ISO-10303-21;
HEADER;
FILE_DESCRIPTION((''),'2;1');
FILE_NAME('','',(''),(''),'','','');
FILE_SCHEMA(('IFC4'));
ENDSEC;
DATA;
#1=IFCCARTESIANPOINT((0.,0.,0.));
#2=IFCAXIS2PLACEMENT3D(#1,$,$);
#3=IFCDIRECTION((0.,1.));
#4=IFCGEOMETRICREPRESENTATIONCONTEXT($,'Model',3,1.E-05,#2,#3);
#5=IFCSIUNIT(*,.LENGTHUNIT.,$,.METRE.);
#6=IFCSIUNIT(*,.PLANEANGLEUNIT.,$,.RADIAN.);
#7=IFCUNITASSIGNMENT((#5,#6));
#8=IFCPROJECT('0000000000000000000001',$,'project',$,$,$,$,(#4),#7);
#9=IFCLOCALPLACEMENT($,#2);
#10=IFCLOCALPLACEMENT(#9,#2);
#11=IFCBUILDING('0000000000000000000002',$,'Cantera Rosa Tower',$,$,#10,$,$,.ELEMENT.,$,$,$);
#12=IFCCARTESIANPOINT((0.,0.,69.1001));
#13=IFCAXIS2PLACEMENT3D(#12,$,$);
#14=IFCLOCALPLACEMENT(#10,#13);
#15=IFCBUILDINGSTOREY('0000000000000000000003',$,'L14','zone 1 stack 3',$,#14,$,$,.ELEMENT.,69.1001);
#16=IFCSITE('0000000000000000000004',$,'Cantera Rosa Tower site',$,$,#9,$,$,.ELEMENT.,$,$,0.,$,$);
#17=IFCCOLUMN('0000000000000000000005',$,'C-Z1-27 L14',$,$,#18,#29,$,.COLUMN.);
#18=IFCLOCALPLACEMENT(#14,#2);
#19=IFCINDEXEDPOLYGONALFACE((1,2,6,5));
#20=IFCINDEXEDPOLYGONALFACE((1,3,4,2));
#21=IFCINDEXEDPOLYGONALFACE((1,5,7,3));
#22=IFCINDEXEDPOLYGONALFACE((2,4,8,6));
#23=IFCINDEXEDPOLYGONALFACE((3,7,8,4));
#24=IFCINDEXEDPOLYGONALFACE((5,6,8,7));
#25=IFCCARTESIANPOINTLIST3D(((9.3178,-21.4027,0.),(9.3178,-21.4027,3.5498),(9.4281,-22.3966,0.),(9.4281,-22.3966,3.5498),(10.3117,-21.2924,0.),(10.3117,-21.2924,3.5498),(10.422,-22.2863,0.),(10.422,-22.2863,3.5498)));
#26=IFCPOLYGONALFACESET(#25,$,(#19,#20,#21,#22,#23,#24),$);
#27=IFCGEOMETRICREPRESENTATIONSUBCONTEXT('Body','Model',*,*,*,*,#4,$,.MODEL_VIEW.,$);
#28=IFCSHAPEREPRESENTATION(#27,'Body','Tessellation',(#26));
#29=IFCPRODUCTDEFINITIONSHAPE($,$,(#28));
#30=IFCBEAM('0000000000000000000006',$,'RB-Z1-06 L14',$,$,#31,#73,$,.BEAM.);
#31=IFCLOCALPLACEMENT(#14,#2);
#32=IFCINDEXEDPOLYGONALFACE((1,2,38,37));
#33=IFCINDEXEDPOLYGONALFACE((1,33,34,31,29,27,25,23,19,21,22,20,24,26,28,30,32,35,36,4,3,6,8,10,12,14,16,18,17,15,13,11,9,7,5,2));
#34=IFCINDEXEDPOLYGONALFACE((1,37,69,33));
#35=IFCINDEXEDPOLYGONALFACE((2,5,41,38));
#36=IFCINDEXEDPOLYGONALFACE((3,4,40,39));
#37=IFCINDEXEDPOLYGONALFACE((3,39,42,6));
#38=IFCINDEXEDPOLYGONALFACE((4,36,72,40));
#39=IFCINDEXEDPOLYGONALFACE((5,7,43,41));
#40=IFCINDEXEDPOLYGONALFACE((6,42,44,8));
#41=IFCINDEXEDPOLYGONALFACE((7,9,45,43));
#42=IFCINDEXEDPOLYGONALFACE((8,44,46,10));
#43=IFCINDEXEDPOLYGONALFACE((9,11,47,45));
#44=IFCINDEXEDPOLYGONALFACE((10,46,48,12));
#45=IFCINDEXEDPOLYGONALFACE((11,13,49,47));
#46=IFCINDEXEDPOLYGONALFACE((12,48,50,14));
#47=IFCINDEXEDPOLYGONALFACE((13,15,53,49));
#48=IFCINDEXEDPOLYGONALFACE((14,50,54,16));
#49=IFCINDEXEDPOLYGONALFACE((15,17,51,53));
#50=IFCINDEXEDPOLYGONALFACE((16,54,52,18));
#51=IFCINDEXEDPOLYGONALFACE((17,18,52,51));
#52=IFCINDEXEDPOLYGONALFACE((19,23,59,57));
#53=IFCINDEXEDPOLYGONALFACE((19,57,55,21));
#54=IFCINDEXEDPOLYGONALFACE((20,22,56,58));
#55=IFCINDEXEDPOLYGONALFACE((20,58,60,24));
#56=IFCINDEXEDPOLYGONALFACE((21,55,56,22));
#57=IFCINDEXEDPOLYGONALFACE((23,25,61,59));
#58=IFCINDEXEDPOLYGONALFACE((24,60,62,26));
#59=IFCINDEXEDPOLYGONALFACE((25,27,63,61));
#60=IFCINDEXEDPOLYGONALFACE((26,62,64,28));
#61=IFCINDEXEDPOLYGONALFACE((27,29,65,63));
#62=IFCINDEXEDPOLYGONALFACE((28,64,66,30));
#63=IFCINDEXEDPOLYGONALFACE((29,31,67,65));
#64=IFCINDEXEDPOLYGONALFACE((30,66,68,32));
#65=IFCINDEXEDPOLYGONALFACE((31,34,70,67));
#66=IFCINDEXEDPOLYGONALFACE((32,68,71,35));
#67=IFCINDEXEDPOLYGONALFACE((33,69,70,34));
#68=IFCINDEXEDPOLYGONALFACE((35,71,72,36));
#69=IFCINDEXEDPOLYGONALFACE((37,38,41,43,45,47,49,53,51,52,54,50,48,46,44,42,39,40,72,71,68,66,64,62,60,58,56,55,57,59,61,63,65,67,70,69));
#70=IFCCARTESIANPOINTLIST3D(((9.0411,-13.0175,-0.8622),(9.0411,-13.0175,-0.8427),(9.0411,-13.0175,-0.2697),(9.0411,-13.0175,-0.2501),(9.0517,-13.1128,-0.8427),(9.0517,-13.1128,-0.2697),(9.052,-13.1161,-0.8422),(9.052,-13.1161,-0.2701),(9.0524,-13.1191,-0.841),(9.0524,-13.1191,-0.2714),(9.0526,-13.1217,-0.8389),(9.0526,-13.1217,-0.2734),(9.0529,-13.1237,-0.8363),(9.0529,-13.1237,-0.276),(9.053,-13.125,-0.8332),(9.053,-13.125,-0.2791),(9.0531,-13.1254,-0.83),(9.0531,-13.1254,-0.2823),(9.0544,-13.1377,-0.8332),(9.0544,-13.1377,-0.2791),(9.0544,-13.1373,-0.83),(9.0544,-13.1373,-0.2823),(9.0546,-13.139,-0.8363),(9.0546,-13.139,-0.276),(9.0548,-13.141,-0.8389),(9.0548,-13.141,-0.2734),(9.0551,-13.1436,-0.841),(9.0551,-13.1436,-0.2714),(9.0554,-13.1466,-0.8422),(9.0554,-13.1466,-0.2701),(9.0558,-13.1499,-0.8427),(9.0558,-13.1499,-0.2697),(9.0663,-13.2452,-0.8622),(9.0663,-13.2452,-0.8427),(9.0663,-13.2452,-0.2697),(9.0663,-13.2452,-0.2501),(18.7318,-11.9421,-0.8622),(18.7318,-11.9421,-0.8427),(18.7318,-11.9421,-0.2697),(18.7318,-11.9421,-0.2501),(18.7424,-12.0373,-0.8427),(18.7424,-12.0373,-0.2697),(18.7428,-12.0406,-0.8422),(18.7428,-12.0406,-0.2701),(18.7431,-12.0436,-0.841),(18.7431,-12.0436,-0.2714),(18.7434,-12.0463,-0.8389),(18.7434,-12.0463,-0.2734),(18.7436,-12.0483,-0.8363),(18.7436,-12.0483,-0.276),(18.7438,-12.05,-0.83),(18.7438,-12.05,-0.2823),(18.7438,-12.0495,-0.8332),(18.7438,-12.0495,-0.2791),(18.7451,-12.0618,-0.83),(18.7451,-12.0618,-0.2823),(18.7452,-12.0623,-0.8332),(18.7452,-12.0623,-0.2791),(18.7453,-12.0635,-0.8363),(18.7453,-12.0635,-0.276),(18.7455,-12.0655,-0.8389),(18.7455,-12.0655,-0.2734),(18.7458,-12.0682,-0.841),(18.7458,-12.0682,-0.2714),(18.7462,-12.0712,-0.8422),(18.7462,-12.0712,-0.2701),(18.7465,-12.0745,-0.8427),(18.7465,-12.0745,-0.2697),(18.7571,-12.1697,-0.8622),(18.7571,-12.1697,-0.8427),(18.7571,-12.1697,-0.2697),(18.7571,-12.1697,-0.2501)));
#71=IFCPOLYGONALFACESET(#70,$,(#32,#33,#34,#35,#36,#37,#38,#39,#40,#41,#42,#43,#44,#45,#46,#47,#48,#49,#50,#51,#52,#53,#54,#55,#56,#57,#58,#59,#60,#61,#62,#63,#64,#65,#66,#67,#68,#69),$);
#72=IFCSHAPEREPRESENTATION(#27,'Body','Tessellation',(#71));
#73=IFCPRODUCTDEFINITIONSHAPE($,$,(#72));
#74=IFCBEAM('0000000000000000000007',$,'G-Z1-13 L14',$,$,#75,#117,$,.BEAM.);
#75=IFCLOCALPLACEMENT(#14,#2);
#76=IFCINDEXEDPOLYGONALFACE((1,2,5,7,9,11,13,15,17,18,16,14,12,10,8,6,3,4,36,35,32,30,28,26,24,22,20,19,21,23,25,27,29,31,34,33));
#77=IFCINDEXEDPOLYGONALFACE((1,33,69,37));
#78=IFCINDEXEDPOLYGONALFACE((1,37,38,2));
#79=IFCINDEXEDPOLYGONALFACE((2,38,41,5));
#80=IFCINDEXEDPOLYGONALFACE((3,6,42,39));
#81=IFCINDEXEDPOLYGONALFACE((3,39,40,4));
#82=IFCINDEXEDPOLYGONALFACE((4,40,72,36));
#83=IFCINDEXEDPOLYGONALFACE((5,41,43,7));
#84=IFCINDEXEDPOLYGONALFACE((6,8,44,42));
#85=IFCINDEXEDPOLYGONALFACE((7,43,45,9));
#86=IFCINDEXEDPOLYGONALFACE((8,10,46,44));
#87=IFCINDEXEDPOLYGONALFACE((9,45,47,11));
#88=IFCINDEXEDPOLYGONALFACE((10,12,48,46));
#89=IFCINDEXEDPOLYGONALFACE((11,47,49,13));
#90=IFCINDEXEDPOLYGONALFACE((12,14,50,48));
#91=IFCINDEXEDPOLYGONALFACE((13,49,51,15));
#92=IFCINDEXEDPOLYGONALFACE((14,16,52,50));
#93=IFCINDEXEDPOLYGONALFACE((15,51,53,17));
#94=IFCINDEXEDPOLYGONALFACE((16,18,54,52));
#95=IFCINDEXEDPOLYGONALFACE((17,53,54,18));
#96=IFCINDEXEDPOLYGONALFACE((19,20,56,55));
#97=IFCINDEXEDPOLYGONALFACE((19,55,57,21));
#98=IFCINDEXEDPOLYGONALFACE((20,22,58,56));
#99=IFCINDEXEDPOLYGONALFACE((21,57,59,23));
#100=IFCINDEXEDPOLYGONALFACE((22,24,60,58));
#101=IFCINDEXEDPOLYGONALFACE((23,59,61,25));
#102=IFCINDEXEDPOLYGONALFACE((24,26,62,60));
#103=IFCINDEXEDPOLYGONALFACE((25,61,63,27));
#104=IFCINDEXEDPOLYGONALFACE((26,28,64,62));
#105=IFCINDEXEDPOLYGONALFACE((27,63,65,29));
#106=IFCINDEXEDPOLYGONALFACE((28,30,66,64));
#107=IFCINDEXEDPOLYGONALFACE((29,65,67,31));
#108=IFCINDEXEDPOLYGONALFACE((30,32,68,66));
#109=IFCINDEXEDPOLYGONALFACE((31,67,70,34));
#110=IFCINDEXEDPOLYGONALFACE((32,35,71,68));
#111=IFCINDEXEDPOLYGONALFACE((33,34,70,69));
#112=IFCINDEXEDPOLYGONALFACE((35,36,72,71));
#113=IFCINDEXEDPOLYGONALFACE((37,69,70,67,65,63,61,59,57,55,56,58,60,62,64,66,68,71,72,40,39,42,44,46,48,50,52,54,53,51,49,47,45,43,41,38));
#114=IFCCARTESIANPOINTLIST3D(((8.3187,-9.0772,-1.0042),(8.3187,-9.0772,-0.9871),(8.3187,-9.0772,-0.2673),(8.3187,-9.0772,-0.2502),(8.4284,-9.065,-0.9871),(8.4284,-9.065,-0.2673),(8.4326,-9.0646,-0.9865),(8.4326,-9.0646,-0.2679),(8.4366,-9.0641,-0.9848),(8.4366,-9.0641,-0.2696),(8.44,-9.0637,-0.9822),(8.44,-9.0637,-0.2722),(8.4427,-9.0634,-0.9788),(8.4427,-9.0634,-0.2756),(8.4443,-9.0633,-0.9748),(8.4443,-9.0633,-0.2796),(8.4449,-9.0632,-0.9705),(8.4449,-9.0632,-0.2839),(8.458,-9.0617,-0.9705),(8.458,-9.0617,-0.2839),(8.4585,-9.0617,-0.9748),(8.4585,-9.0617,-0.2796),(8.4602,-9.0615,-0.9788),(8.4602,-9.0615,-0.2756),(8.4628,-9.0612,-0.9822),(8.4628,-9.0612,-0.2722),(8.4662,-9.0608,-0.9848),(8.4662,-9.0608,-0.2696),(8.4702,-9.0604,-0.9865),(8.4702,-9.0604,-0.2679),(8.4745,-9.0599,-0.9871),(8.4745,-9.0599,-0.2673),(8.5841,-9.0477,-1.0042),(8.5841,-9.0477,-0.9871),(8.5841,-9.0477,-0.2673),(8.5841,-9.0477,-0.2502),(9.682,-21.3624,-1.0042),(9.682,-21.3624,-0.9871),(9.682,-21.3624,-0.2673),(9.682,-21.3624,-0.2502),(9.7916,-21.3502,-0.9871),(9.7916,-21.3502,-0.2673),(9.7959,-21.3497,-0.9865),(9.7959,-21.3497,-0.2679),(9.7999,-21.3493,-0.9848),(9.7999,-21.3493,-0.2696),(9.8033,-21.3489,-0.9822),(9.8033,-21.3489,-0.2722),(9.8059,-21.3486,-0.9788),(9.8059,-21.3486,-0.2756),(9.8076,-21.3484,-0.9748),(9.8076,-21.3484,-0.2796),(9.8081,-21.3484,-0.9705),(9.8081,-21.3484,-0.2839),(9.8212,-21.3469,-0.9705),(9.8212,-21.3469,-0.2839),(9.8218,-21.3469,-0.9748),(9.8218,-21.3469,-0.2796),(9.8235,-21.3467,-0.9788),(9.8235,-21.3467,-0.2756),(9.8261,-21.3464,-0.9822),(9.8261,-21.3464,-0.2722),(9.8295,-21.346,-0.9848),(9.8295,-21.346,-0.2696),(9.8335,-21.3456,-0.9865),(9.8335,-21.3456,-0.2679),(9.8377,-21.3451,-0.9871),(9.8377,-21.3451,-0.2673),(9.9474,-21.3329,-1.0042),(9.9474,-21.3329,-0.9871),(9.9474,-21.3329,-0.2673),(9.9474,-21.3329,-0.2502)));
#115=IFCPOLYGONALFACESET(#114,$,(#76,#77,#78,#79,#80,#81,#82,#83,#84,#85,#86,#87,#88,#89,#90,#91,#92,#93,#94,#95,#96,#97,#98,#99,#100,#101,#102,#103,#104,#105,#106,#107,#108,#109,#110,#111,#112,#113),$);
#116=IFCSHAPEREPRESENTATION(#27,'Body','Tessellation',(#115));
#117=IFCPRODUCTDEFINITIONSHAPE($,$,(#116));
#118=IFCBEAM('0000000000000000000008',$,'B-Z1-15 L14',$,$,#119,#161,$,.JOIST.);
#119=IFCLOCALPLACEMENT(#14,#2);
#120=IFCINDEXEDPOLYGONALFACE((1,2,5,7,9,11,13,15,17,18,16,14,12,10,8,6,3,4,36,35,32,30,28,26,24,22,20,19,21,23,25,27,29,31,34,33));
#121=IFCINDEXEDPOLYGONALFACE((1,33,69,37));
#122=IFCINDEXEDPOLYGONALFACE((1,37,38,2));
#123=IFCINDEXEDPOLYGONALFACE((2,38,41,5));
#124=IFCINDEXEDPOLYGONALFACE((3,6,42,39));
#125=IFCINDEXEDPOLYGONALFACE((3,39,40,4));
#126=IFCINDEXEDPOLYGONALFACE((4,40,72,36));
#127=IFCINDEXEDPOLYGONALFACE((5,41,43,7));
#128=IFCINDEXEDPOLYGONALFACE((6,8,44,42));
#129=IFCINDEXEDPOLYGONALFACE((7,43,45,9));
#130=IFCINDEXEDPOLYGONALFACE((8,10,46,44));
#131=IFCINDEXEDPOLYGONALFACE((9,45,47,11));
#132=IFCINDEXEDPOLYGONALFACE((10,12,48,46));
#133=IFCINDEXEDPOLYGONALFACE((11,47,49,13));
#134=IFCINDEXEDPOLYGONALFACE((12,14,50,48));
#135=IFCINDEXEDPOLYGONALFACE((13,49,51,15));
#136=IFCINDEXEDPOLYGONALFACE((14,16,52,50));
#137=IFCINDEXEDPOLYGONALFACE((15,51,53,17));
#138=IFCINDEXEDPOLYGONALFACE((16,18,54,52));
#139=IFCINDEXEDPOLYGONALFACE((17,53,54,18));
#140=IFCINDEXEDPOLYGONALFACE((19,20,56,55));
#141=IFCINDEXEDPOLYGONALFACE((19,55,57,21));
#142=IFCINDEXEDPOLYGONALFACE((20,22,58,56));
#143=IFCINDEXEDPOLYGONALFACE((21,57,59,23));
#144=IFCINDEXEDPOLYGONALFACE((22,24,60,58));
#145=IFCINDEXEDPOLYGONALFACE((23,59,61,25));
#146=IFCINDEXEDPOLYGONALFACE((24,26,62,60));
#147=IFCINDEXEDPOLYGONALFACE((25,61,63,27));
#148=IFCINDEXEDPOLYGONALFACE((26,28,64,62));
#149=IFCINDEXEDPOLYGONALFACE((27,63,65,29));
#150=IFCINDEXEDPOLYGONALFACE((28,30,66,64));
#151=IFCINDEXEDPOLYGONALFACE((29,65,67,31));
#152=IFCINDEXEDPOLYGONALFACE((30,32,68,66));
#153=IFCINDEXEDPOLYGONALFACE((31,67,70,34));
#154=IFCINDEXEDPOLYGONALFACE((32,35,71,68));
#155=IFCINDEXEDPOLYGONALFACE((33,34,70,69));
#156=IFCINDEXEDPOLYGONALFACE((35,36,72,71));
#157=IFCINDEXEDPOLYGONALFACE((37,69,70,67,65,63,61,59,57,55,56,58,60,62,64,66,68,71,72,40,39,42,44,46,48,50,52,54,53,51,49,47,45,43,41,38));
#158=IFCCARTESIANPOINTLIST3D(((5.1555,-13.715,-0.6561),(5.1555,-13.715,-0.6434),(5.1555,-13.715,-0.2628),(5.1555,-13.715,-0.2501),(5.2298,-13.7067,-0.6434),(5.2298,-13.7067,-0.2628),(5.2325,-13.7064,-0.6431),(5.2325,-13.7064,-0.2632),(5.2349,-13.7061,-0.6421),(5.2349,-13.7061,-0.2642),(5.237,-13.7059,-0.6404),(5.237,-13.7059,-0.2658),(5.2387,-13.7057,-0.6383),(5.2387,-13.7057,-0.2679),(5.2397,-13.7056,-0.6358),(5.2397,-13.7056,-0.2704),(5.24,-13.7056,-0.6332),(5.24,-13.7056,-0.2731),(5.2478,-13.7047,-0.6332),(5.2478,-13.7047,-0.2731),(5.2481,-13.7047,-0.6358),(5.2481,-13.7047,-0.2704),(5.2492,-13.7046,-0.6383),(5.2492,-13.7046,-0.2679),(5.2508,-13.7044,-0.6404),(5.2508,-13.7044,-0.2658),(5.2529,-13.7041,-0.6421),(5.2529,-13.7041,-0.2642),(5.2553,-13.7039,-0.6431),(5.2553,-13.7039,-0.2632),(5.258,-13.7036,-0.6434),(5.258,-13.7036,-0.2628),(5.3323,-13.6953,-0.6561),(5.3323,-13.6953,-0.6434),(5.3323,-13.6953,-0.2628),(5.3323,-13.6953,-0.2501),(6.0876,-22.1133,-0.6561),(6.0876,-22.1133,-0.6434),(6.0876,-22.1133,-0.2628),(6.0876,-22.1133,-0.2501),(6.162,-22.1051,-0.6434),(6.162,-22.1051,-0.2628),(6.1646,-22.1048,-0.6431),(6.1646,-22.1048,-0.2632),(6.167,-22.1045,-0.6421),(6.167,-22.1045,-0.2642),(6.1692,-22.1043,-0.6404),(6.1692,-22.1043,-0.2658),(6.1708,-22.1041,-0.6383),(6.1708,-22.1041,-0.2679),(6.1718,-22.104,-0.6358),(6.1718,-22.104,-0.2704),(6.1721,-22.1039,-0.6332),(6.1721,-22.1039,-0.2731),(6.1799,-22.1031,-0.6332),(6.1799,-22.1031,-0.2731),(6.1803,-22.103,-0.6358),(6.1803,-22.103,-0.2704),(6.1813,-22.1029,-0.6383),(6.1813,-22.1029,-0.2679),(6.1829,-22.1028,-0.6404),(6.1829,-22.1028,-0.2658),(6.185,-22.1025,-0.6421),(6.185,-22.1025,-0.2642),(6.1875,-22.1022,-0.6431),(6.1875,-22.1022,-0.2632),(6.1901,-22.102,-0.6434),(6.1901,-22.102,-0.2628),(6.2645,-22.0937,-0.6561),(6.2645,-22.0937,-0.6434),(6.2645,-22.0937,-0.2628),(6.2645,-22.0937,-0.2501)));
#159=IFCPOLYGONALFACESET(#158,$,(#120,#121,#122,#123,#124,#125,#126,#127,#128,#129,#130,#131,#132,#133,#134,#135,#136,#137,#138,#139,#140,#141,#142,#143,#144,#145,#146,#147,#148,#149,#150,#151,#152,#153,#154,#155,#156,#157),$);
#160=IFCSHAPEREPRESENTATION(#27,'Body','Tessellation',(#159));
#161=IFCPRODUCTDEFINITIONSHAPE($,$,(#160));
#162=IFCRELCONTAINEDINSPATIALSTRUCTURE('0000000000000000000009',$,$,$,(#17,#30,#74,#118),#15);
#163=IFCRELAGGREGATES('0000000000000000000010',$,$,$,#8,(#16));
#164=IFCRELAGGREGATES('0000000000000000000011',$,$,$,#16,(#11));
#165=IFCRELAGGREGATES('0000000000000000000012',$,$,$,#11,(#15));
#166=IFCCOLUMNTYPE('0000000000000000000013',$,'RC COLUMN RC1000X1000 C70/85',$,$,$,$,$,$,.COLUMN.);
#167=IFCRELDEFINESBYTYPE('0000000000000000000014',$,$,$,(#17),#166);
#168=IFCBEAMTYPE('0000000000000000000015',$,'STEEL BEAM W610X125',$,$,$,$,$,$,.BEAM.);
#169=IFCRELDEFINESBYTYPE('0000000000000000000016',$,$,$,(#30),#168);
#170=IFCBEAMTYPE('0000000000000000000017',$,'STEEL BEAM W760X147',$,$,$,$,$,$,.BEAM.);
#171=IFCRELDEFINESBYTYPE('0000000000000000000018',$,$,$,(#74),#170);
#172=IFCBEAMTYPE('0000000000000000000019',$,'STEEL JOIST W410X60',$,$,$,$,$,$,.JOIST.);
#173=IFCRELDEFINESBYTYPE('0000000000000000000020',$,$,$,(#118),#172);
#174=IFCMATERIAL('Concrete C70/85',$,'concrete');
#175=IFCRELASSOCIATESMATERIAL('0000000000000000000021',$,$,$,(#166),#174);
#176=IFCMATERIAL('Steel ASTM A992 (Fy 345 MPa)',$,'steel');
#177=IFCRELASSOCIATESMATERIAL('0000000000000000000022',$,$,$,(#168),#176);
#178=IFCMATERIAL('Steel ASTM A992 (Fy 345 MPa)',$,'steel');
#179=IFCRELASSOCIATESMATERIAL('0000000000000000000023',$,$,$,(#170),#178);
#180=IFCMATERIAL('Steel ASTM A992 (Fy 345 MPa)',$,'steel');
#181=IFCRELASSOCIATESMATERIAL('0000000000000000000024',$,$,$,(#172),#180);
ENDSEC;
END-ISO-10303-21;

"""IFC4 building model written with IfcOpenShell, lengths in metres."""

from ifc_helpers import new_model, si_unit, direction, frame, origin, origin_2d, place, context, subcontext, project, spatial, rectangle, i_section, extrude, material, material_profile, profile_set, type_object, element, save


model = new_model("IFC4")

# Units and contexts
model_context = context("Model", 3, precision=1e-05, world=origin(), true_north=direction((0.0, 1.0)))
body_context = subcontext(model_context, "Body", "Model", "MODEL_VIEW")
ifc_project = project(units=[si_unit("LENGTHUNIT", "METRE"), si_unit("PLANEANGLEUNIT", "RADIAN")], contexts=[model_context])

# Site, building, storey
site_placement = place(None, origin())
site = spatial("IfcSite", under=ifc_project, at=site_placement, Name="Cantera Rosa Tower site", CompositionType="ELEMENT", RefElevation=0.0)
building_placement = place(site_placement, origin())
building = spatial("IfcBuilding", under=site, at=building_placement, Name="Cantera Rosa Tower", CompositionType="ELEMENT")
storey_placement = place(building_placement, frame((0.0, 0.0, 69.1001)))
storey = spatial("IfcBuildingStorey", under=building, at=storey_placement, Name="L14", Description="zone 1 stack 3", CompositionType="ELEMENT", Elevation=69.1001)

# Column
ifc_material_1 = material(Name="Concrete C70/85", Category="concrete")
ifc_material_profile_1 = material_profile(ifc_material_1, rectangle(XDim=1.0, YDim=1.0, at=origin_2d()), Name="RC COLUMN RC1000X1000 C70/85")
ifc_profile_set_1 = profile_set([ifc_material_profile_1], Name="Concrete C70/85")
column_type = type_object("IfcColumnType", Name="RC COLUMN RC1000X1000 C70/85", PredefinedType="COLUMN", material=ifc_profile_set_1)
column_placement = place(storey_placement, frame((9.8699, -21.8445, 0.0), z_axis=(0.0, 0.0, 1.0), x_axis=(0.993897, 0.110313, 0.0)))
element("IfcColumn", 1, at=column_placement, inside=storey, type_object=column_type, Name="C-Z1-27 L14", PredefinedType="COLUMN", context=body_context, shape_type="SweptSolid", body=[
    extrude(rectangle(XDim=1.0, YDim=1.0, at=origin_2d()), origin(), (0.0, 0.0, 1.0), 3.5498),
])

# Beams
ifc_material_2 = material(Name="Steel ASTM A992 (Fy 345 MPa)", Category="steel")
ifc_material_profile_2 = material_profile(ifc_material_2, i_section(OverallWidth=0.229, OverallDepth=0.6121, WebThickness=0.012, FlangeThickness=0.0195, FilletRadius=0.0127, at=origin_2d()), Name="W610X125")
ifc_profile_set_2 = profile_set([ifc_material_profile_2], Name="Steel ASTM A992 (Fy 345 MPa)")
beam_type_1 = type_object("IfcBeamType", Name="STEEL BEAM W610X125", PredefinedType="BEAM", material=ifc_profile_set_2)
beam_1_placement = place(storey_placement, frame((9.0537, -13.1313, -0.5562), z_axis=(0.993898, 0.1103, 0.0), x_axis=(-0.1103, 0.993898, 0.0)))
element("IfcBeam", 2, at=beam_1_placement, inside=storey, type_object=beam_type_1, Name="RB-Z1-06 L14", PredefinedType="BEAM", context=body_context, shape_type="SweptSolid", body=[
    extrude(i_section(OverallWidth=0.229, OverallDepth=0.6121, WebThickness=0.012, FlangeThickness=0.0195, FilletRadius=0.0127, at=origin_2d()), origin(), (0.0, 0.0, 1.0), 9.7502),
])
ifc_material_3 = material(Name="Steel ASTM A992 (Fy 345 MPa)", Category="steel")
ifc_material_profile_3 = material_profile(ifc_material_3, i_section(OverallWidth=0.2671, OverallDepth=0.7539, WebThickness=0.0132, FlangeThickness=0.0171, FilletRadius=0.0166, at=origin_2d()), Name="W760X147")
ifc_profile_set_3 = profile_set([ifc_material_profile_3], Name="Steel ASTM A992 (Fy 345 MPa)")
beam_type_2 = type_object("IfcBeamType", Name="STEEL BEAM W760X147", PredefinedType="BEAM", material=ifc_profile_set_3)
beam_2_placement = place(storey_placement, frame((9.8147, -21.3477, -0.6272), z_axis=(-0.110293, 0.993899, 0.0), x_axis=(-0.993899, -0.110293, 0.0)))
element("IfcBeam", 3, at=beam_2_placement, inside=storey, type_object=beam_type_2, Name="G-Z1-13 L14", PredefinedType="BEAM", context=body_context, shape_type="SweptSolid", body=[
    extrude(i_section(OverallWidth=0.2671, OverallDepth=0.7539, WebThickness=0.0132, FlangeThickness=0.0171, FilletRadius=0.0166, at=origin_2d()), origin(), (0.0, 0.0, 1.0), 12.3606),
])
ifc_material_4 = material(Name="Steel ASTM A992 (Fy 345 MPa)", Category="steel")
ifc_material_profile_4 = material_profile(ifc_material_4, i_section(OverallWidth=0.178, OverallDepth=0.406, WebThickness=0.0078, FlangeThickness=0.0127, FilletRadius=0.0103, at=origin_2d()), Name="W410X60")
ifc_profile_set_4 = profile_set([ifc_material_profile_4], Name="Steel ASTM A992 (Fy 345 MPa)")
beam_type_3 = type_object("IfcBeamType", Name="STEEL JOIST W410X60", PredefinedType="JOIST", material=ifc_profile_set_4)
for number, where, z_axis, x_axis, name in (
    (4, (6.176, -22.1035, -0.4531), (-0.110311, 0.993897, 0.0), (-0.993897, -0.110311, 0.0), "B-Z1-15 L14"),
):
    element("IfcBeam", number, at=place(storey_placement, frame(where, z_axis=z_axis, x_axis=x_axis)), inside=storey, type_object=beam_type_3, Name=name, PredefinedType="JOIST", context=body_context, shape_type="SweptSolid", body=[
        extrude(i_section(OverallWidth=0.178, OverallDepth=0.406, WebThickness=0.0078, FlangeThickness=0.0127, FilletRadius=0.0103, at=origin_2d()), origin(), (0.0, 0.0, 1.0), 8.45),
    ])

save(model, "model.ifc")
